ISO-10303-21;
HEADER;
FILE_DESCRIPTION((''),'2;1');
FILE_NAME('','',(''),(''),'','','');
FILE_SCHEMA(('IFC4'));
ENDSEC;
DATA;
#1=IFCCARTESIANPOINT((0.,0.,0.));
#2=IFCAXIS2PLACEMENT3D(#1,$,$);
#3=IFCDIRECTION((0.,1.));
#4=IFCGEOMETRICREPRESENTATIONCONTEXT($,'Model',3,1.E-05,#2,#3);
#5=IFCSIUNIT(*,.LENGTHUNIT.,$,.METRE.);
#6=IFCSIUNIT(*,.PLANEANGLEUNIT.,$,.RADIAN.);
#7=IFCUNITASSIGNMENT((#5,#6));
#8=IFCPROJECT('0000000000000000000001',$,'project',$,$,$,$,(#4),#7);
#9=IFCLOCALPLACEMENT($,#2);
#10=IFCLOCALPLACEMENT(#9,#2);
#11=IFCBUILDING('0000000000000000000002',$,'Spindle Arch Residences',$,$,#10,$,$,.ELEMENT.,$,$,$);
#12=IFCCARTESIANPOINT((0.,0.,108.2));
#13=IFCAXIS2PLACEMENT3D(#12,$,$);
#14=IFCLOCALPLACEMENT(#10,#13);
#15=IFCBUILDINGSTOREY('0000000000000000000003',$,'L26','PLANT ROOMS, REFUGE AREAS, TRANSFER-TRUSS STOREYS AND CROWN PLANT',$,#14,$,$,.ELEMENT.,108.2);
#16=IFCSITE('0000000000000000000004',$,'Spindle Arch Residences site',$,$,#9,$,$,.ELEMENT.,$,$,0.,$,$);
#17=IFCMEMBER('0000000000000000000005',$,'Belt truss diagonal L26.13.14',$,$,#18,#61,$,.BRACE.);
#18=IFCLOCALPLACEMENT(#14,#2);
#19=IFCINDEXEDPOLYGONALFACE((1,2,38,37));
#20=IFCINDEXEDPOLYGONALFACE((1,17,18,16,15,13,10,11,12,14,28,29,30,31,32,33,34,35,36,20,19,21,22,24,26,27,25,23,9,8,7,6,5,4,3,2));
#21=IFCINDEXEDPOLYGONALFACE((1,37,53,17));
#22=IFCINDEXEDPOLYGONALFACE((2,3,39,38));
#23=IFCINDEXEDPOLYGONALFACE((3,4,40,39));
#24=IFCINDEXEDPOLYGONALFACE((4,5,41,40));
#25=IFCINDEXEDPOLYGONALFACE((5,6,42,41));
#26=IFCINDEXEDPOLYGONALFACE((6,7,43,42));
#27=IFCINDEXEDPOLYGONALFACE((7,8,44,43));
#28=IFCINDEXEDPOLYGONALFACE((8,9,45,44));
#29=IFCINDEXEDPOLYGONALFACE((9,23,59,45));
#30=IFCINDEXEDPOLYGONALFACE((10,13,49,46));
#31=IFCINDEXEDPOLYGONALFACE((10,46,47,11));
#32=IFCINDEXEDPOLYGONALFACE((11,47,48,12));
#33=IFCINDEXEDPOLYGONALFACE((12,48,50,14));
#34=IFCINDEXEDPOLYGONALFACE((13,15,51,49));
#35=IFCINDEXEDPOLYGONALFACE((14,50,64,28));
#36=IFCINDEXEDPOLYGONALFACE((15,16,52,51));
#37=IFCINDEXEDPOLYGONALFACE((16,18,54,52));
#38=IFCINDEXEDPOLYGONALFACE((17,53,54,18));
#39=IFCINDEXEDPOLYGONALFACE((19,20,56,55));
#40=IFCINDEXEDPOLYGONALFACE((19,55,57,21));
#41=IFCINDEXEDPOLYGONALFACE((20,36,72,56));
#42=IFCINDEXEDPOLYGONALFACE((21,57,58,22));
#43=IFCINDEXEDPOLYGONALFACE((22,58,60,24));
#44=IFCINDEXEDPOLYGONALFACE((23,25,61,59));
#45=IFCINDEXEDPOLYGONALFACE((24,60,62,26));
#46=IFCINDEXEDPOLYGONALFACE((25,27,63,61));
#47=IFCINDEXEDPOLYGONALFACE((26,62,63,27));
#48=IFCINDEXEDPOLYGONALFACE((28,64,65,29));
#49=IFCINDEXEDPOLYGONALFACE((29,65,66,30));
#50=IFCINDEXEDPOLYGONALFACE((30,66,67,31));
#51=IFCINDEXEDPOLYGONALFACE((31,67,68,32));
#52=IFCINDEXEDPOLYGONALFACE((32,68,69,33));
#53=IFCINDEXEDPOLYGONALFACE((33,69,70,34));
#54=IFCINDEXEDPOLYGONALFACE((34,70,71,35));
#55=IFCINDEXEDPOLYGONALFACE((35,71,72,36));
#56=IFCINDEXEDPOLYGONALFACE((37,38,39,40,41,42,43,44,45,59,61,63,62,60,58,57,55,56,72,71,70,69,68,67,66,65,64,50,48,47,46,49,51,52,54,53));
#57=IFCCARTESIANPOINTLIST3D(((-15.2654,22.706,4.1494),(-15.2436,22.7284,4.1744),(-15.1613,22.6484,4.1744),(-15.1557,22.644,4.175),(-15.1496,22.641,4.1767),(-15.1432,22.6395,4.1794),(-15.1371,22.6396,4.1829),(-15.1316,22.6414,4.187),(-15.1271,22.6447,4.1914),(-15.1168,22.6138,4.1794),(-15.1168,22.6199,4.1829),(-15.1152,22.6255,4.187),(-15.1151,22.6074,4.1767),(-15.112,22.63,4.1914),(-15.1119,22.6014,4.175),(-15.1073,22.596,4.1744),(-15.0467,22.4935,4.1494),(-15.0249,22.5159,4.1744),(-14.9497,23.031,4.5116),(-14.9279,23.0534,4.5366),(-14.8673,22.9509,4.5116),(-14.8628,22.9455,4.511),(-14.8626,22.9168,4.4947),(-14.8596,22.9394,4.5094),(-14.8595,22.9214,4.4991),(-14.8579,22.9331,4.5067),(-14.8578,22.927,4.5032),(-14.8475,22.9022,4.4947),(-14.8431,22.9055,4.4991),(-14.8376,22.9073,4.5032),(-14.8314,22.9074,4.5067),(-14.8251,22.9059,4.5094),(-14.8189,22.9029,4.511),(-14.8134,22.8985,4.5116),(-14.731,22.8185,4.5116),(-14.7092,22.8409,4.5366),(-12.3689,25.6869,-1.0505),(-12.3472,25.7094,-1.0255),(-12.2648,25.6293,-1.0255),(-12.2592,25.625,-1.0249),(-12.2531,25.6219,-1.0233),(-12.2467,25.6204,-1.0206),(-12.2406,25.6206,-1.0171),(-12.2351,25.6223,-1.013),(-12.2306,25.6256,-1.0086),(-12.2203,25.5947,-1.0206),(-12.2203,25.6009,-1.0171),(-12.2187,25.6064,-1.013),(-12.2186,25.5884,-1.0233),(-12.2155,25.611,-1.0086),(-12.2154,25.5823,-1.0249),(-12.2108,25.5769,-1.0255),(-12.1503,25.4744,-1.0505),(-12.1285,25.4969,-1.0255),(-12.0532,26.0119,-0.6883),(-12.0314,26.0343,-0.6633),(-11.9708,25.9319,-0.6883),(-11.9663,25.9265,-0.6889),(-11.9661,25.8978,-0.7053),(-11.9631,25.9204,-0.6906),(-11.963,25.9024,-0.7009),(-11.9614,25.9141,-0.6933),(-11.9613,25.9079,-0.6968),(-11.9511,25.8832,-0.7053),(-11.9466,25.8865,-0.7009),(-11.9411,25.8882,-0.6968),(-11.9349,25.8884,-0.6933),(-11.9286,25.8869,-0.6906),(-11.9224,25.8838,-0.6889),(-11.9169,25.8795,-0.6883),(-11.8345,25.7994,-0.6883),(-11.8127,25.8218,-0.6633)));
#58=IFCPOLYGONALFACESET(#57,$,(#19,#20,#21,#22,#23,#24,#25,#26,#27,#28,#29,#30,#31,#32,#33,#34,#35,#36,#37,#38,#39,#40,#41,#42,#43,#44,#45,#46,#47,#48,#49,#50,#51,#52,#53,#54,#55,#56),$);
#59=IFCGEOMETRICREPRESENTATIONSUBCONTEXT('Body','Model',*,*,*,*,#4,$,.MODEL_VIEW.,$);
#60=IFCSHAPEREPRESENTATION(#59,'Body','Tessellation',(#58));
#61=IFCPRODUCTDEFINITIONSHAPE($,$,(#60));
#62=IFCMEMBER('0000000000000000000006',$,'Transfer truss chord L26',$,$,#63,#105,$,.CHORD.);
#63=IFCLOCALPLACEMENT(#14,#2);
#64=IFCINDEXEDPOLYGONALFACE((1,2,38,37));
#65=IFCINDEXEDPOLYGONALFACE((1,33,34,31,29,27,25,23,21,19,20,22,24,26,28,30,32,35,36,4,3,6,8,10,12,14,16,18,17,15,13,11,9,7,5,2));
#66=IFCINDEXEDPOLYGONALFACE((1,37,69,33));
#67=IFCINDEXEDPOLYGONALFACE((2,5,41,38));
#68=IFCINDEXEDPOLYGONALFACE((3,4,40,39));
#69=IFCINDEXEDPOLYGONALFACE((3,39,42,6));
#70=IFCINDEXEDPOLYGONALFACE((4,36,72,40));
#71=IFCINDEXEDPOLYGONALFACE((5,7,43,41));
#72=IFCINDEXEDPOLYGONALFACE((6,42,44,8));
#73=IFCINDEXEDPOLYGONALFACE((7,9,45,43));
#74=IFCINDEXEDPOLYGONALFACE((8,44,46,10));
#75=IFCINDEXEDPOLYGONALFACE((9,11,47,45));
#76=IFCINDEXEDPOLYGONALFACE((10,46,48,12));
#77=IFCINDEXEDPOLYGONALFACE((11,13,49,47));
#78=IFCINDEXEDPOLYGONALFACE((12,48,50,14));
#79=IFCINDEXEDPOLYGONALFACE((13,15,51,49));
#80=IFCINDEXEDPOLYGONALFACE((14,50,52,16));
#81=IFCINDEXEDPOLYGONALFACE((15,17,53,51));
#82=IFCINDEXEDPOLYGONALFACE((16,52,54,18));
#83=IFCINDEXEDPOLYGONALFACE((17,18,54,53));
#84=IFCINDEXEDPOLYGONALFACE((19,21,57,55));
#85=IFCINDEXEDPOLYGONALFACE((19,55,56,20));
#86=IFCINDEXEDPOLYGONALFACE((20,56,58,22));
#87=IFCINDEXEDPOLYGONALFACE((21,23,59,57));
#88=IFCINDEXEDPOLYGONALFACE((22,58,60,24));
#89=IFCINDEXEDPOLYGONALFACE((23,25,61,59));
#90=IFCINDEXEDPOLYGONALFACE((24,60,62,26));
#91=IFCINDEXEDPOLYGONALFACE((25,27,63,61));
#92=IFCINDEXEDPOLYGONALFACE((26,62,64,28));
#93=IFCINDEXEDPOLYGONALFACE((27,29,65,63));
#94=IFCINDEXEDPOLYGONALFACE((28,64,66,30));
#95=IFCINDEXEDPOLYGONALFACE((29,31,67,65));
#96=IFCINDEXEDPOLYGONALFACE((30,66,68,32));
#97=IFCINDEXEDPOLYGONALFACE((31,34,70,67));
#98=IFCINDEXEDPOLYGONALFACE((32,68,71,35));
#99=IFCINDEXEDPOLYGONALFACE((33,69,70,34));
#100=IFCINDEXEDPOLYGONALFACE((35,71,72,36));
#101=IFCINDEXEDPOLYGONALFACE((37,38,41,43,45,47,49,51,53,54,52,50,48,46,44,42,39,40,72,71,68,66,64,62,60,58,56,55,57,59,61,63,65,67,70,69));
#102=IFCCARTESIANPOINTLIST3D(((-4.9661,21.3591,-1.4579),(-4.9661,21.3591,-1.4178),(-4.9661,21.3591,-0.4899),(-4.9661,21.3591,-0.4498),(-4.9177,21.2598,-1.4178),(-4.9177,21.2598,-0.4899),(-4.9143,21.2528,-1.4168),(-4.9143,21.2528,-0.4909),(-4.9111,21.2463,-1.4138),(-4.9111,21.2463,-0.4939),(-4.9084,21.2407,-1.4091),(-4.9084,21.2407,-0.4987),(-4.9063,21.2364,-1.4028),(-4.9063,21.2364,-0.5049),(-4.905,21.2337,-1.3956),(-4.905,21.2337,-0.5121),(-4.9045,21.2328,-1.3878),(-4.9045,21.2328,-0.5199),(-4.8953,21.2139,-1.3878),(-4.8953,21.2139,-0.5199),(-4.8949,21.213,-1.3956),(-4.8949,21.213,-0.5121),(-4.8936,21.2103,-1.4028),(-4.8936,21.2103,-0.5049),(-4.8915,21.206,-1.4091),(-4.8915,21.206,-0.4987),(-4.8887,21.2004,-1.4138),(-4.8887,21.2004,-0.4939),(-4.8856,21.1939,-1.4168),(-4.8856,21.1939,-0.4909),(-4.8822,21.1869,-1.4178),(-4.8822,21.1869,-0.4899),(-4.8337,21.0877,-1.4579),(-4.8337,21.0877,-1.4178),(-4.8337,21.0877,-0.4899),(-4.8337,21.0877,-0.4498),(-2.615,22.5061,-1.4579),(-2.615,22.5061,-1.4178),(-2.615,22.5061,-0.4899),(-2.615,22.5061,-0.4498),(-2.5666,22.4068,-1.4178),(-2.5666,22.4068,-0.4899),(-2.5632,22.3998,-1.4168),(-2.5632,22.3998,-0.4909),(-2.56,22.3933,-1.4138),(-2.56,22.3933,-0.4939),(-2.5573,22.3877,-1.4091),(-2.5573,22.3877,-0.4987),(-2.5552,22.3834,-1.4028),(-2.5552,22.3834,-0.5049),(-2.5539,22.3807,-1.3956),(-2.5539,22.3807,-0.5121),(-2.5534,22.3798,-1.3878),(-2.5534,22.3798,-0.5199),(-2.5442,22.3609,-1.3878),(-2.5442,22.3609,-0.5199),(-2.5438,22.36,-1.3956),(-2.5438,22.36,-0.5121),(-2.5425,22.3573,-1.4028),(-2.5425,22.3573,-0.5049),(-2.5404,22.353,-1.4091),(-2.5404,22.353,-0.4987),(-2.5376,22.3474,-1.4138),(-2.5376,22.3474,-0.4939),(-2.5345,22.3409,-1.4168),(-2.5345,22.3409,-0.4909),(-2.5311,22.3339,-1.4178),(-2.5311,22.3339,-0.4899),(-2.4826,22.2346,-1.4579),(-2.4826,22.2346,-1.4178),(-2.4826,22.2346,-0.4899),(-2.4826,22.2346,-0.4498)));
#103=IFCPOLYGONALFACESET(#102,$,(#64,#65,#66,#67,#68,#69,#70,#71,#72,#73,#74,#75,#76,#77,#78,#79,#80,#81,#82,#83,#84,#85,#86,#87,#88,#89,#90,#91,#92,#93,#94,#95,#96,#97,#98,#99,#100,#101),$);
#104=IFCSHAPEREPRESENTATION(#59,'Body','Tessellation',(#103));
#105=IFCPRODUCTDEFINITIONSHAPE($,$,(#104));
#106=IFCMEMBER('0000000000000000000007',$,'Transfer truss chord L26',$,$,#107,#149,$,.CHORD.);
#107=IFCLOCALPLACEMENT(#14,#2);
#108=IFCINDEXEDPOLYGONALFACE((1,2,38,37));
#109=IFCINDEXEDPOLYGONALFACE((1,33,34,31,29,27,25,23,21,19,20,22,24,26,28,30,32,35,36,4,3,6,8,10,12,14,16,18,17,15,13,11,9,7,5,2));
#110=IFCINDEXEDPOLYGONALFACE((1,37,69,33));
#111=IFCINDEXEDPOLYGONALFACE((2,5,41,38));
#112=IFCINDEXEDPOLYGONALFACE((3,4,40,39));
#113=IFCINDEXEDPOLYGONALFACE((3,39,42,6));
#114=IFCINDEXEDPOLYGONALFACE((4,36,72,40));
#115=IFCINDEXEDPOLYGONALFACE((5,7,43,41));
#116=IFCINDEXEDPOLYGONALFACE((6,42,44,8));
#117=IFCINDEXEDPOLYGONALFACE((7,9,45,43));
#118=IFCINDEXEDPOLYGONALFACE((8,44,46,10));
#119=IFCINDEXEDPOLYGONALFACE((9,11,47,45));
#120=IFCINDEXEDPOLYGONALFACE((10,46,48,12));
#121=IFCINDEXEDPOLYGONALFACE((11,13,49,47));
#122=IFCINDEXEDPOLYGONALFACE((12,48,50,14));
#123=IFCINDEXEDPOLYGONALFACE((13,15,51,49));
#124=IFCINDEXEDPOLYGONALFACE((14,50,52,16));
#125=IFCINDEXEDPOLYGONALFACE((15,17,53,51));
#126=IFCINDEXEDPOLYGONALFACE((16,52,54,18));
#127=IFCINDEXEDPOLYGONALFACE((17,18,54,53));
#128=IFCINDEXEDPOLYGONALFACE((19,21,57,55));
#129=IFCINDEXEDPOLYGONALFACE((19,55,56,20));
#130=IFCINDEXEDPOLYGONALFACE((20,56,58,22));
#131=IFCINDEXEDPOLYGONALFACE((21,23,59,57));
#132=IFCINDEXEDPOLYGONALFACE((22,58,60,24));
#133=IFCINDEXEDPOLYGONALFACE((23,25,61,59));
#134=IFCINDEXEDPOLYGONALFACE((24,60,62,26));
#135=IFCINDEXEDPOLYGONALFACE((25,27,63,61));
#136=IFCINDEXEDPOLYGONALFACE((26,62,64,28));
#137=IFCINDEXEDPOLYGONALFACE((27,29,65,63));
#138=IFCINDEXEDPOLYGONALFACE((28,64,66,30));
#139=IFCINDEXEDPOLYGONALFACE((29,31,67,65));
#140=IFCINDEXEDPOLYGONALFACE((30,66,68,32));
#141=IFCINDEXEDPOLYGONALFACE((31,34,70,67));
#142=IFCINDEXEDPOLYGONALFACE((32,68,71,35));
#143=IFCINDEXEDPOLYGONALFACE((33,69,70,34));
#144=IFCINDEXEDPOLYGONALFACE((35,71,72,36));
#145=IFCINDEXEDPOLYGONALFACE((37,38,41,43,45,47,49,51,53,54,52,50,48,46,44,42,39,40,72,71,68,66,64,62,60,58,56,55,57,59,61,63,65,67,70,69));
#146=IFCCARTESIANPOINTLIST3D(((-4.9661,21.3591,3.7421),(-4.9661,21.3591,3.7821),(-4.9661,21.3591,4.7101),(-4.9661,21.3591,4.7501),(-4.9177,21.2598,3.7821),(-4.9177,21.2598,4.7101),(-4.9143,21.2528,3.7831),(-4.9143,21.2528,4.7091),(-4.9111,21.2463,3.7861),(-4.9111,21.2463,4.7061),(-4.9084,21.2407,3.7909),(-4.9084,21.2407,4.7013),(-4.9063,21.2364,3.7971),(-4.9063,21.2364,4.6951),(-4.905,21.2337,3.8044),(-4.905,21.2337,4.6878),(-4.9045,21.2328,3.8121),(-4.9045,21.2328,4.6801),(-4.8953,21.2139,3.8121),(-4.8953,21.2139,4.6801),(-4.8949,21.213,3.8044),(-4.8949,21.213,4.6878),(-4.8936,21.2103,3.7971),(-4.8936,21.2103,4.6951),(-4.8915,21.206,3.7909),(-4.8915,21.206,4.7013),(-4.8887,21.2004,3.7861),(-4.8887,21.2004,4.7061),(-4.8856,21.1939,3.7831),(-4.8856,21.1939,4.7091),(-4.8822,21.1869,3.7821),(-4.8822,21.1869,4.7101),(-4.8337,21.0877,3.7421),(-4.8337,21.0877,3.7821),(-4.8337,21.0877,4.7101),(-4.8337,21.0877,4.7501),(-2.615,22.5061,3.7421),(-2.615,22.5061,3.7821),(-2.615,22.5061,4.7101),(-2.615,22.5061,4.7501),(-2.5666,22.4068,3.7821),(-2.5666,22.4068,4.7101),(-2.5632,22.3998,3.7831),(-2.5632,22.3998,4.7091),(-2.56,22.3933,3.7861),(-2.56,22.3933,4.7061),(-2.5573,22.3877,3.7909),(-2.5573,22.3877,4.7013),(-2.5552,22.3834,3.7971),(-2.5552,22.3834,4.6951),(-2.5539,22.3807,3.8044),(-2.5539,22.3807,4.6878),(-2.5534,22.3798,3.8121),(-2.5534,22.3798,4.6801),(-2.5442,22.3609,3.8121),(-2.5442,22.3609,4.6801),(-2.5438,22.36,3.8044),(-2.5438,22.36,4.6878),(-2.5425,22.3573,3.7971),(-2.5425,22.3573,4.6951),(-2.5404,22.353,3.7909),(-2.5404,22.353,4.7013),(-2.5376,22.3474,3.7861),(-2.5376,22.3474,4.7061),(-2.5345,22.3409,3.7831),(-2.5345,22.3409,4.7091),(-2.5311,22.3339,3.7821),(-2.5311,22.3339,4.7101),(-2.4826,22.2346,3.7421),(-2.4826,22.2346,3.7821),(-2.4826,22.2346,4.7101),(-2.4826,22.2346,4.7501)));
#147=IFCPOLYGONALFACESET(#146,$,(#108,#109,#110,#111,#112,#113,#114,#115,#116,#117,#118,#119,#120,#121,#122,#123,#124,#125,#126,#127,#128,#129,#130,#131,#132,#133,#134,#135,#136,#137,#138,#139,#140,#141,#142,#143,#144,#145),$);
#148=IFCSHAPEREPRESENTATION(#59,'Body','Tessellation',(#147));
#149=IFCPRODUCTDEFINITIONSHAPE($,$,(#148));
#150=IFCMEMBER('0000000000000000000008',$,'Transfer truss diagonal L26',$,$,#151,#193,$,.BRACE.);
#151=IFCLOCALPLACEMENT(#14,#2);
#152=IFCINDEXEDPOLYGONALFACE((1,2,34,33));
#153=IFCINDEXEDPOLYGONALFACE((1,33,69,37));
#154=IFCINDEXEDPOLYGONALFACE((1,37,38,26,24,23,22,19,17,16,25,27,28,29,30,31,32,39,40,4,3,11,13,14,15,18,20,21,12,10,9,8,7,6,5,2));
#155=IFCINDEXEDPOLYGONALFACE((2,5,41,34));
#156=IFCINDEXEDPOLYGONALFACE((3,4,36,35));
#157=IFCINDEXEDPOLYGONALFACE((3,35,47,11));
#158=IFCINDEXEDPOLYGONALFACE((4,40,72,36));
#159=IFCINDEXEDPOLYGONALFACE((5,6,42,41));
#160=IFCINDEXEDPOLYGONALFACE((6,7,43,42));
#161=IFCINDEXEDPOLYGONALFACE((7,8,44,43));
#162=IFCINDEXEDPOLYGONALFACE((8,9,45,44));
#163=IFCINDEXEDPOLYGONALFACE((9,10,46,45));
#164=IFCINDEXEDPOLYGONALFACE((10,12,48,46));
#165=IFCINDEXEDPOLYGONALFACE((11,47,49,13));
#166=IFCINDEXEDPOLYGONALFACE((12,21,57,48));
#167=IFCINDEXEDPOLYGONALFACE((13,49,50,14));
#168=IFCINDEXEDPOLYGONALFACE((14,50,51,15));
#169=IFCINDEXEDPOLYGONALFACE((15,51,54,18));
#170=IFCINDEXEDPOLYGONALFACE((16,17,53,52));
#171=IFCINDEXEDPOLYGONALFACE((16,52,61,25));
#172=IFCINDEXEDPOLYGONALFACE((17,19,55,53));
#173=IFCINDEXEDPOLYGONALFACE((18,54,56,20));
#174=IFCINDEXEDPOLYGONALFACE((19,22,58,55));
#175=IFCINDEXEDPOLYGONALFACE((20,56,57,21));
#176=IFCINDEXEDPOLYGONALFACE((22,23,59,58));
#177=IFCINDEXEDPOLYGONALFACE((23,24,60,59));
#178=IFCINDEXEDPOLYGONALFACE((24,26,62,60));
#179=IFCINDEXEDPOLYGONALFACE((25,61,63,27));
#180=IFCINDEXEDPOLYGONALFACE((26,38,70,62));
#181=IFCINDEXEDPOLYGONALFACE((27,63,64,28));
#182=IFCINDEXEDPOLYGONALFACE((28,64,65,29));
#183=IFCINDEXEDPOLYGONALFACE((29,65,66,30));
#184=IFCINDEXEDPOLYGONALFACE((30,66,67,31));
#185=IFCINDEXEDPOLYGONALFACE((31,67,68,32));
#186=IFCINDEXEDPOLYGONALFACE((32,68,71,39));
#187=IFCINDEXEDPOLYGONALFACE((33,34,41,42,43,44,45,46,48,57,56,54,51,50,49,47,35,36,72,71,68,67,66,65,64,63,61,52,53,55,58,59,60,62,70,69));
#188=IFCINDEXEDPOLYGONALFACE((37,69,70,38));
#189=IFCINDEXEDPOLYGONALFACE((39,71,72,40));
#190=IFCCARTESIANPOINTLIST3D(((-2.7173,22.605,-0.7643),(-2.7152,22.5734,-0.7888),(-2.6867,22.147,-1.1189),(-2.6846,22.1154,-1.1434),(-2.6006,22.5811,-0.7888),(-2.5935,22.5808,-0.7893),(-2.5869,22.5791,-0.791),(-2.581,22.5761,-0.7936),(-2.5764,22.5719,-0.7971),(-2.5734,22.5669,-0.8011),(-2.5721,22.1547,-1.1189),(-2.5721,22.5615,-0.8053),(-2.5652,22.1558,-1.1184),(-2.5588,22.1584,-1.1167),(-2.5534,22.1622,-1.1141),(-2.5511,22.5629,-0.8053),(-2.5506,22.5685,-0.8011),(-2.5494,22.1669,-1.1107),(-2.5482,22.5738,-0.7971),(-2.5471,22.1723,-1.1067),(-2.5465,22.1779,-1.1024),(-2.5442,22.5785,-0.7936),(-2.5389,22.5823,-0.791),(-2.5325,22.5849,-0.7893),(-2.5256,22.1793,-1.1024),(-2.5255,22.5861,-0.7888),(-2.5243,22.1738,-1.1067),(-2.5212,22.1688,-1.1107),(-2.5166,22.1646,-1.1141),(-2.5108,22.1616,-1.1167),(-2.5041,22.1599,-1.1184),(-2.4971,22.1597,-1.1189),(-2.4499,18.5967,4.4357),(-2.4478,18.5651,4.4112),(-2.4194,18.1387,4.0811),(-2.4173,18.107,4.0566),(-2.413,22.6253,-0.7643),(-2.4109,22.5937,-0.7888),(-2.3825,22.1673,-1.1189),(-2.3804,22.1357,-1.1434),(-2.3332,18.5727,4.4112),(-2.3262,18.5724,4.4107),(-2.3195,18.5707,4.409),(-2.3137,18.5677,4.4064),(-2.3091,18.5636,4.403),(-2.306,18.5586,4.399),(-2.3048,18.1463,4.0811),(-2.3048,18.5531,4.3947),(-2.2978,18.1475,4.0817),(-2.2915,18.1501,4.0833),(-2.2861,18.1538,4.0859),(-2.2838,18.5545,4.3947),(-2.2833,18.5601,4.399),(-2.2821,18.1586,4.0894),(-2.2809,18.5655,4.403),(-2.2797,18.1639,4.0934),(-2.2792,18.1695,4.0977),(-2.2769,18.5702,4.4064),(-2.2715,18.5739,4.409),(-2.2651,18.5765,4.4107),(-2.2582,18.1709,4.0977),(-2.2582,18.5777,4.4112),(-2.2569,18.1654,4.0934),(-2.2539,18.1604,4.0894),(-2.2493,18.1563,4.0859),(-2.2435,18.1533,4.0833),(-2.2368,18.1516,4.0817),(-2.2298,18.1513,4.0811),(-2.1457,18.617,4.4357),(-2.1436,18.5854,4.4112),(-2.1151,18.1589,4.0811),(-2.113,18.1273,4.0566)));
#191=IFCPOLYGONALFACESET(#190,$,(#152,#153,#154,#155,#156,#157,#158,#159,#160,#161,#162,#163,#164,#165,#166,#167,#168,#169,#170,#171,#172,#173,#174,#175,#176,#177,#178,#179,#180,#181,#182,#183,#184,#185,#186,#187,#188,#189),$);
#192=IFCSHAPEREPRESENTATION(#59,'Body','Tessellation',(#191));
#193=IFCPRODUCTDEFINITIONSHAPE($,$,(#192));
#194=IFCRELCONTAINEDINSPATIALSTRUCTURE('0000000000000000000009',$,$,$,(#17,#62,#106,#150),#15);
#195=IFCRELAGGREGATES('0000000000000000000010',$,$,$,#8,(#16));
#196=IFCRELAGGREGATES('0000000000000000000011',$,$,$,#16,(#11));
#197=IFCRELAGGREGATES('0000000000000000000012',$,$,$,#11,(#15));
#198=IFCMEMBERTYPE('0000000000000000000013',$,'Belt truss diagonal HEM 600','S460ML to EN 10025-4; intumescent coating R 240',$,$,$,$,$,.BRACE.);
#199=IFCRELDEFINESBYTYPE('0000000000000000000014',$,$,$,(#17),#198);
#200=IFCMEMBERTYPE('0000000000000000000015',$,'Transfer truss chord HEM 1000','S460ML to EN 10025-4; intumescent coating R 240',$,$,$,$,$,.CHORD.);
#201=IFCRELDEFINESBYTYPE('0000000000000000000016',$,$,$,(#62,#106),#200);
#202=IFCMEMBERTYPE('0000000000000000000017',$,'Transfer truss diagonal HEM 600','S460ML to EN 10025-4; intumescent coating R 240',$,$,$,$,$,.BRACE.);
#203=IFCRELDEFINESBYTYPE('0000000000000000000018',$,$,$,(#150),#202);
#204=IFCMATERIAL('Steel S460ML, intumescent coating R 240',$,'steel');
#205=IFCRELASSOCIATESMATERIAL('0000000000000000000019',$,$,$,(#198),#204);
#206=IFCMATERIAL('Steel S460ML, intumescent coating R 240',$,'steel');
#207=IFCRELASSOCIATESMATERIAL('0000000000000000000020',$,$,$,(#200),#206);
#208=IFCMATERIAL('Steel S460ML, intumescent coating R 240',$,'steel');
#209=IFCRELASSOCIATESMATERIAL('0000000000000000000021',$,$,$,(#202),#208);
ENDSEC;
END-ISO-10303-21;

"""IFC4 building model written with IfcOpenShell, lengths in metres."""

from ifc_helpers import new_model, si_unit, direction, frame, origin, origin_2d, place, context, subcontext, project, spatial, i_section, extrude, material, material_profile, profile_set, type_object, element, save


model = new_model("IFC4")

# Units and contexts
model_context = context("Model", 3, precision=1e-05, world=origin(), true_north=direction((0.0, 1.0)))
body_context = subcontext(model_context, "Body", "Model", "MODEL_VIEW")
ifc_project = project(units=[si_unit("LENGTHUNIT", "METRE"), si_unit("PLANEANGLEUNIT", "RADIAN")], contexts=[model_context])

# Site, building, storey
site_placement = place(None, origin())
site = spatial("IfcSite", under=ifc_project, at=site_placement, Name="Spindle Arch Residences site", CompositionType="ELEMENT", RefElevation=0.0)
building_placement = place(site_placement, origin())
building = spatial("IfcBuilding", under=site, at=building_placement, Name="Spindle Arch Residences", CompositionType="ELEMENT")
storey_placement = place(building_placement, frame((0.0, 0.0, 108.2)))
storey = spatial("IfcBuildingStorey", under=building, at=storey_placement, Name="L26", Description="PLANT ROOMS, REFUGE AREAS, TRANSFER-TRUSS STOREYS AND CROWN PLANT", CompositionType="ELEMENT", Elevation=108.2)

# Members
ifc_material_1 = material(Name="Steel S460ML, intumescent coating R 240", Category="steel")
ifc_material_profile_1 = material_profile(ifc_material_1, i_section(OverallWidth=0.3049, OverallDepth=0.6201, WebThickness=0.021, FlangeThickness=0.04, FilletRadius=0.0271, at=origin_2d()), Name="HEM 600")
ifc_profile_set_1 = profile_set([ifc_material_profile_1], Name="Steel S460ML, intumescent coating R 240")
member_type_1 = type_object("IfcMemberType", Name="Belt truss diagonal HEM 600", Description="S460ML to EN 10025-4; intumescent coating R 240", PredefinedType="BRACE", material=ifc_profile_set_1)
member_1_placement = place(storey_placement, frame((-12.0908, 25.7544, -0.8569), z_axis=(-0.435106, -0.447795, 0.781129), x_axis=(0.717195, -0.696872, 0.0)))
element("IfcMember", 1, at=member_1_placement, inside=storey, type_object=member_type_1, Name="Belt truss diagonal L26.13.14", PredefinedType="BRACE", context=body_context, shape_type="SweptSolid", body=[
    extrude(i_section(OverallWidth=0.3049, OverallDepth=0.6201, WebThickness=0.021, FlangeThickness=0.04, FilletRadius=0.0271, at=origin_2d()), origin(), (0.0, 0.0, 1.0), 6.657),
])
ifc_material_2 = material(Name="Steel S460ML, intumescent coating R 240", Category="steel")
ifc_material_profile_2 = material_profile(ifc_material_2, i_section(OverallWidth=0.302, OverallDepth=1.0081, WebThickness=0.021, FlangeThickness=0.04, FilletRadius=0.03, at=origin_2d()), Name="HEM 1000")
ifc_profile_set_2 = profile_set([ifc_material_profile_2], Name="Steel S460ML, intumescent coating R 240")
member_type_2 = type_object("IfcMemberType", Name="Transfer truss chord HEM 1000", Description="S460ML to EN 10025-4; intumescent coating R 240", PredefinedType="CHORD", material=ifc_profile_set_2)
for number, where, z_axis, x_axis, name in (
    (2, (-2.5488, 22.3704, -0.9539), (-0.898752, -0.438457, 0.0), (0.438457, -0.898752, 0.0), "Transfer truss chord L26"),
    (3, (-2.5488, 22.3704, 4.2461), (-0.898752, -0.438457, 0.0), (0.438457, -0.898752, 0.0), "Transfer truss chord L26"),
):
    element("IfcMember", number, at=place(storey_placement, frame(where, z_axis=z_axis, x_axis=x_axis)), inside=storey, type_object=member_type_2, Name=name, PredefinedType="CHORD", context=body_context, shape_type="SweptSolid", body=[
        extrude(i_section(OverallWidth=0.302, OverallDepth=1.0081, WebThickness=0.021, FlangeThickness=0.04, FilletRadius=0.03, at=origin_2d()), origin(), (0.0, 0.0, 1.0), 2.616),
    ])
ifc_material_3 = material(Name="Steel S460ML, intumescent coating R 240", Category="steel")
ifc_material_profile_3 = material_profile(ifc_material_3, i_section(OverallWidth=0.3049, OverallDepth=0.6201, WebThickness=0.021, FlangeThickness=0.04, FilletRadius=0.0271, at=origin_2d()), Name="HEM 600")
ifc_profile_set_3 = profile_set([ifc_material_profile_3], Name="Steel S460ML, intumescent coating R 240")
member_type_3 = type_object("IfcMemberType", Name="Transfer truss diagonal HEM 600", Description="S460ML to EN 10025-4; intumescent coating R 240", PredefinedType="BRACE", material=ifc_profile_set_3)
member_2_placement = place(storey_placement, frame((-2.5488, 22.3704, -0.9539), z_axis=(0.040684, -0.610003, 0.791354), x_axis=(0.997783, 0.066547, 0.0)))
element("IfcMember", 4, at=member_2_placement, inside=storey, type_object=member_type_3, Name="Transfer truss diagonal L26", PredefinedType="BRACE", context=body_context, shape_type="SweptSolid", body=[
    extrude(i_section(OverallWidth=0.3049, OverallDepth=0.6201, WebThickness=0.021, FlangeThickness=0.04, FilletRadius=0.0271, at=origin_2d()), origin(), (0.0, 0.0, 1.0), 6.571),
])

save(model, "model.ifc")
